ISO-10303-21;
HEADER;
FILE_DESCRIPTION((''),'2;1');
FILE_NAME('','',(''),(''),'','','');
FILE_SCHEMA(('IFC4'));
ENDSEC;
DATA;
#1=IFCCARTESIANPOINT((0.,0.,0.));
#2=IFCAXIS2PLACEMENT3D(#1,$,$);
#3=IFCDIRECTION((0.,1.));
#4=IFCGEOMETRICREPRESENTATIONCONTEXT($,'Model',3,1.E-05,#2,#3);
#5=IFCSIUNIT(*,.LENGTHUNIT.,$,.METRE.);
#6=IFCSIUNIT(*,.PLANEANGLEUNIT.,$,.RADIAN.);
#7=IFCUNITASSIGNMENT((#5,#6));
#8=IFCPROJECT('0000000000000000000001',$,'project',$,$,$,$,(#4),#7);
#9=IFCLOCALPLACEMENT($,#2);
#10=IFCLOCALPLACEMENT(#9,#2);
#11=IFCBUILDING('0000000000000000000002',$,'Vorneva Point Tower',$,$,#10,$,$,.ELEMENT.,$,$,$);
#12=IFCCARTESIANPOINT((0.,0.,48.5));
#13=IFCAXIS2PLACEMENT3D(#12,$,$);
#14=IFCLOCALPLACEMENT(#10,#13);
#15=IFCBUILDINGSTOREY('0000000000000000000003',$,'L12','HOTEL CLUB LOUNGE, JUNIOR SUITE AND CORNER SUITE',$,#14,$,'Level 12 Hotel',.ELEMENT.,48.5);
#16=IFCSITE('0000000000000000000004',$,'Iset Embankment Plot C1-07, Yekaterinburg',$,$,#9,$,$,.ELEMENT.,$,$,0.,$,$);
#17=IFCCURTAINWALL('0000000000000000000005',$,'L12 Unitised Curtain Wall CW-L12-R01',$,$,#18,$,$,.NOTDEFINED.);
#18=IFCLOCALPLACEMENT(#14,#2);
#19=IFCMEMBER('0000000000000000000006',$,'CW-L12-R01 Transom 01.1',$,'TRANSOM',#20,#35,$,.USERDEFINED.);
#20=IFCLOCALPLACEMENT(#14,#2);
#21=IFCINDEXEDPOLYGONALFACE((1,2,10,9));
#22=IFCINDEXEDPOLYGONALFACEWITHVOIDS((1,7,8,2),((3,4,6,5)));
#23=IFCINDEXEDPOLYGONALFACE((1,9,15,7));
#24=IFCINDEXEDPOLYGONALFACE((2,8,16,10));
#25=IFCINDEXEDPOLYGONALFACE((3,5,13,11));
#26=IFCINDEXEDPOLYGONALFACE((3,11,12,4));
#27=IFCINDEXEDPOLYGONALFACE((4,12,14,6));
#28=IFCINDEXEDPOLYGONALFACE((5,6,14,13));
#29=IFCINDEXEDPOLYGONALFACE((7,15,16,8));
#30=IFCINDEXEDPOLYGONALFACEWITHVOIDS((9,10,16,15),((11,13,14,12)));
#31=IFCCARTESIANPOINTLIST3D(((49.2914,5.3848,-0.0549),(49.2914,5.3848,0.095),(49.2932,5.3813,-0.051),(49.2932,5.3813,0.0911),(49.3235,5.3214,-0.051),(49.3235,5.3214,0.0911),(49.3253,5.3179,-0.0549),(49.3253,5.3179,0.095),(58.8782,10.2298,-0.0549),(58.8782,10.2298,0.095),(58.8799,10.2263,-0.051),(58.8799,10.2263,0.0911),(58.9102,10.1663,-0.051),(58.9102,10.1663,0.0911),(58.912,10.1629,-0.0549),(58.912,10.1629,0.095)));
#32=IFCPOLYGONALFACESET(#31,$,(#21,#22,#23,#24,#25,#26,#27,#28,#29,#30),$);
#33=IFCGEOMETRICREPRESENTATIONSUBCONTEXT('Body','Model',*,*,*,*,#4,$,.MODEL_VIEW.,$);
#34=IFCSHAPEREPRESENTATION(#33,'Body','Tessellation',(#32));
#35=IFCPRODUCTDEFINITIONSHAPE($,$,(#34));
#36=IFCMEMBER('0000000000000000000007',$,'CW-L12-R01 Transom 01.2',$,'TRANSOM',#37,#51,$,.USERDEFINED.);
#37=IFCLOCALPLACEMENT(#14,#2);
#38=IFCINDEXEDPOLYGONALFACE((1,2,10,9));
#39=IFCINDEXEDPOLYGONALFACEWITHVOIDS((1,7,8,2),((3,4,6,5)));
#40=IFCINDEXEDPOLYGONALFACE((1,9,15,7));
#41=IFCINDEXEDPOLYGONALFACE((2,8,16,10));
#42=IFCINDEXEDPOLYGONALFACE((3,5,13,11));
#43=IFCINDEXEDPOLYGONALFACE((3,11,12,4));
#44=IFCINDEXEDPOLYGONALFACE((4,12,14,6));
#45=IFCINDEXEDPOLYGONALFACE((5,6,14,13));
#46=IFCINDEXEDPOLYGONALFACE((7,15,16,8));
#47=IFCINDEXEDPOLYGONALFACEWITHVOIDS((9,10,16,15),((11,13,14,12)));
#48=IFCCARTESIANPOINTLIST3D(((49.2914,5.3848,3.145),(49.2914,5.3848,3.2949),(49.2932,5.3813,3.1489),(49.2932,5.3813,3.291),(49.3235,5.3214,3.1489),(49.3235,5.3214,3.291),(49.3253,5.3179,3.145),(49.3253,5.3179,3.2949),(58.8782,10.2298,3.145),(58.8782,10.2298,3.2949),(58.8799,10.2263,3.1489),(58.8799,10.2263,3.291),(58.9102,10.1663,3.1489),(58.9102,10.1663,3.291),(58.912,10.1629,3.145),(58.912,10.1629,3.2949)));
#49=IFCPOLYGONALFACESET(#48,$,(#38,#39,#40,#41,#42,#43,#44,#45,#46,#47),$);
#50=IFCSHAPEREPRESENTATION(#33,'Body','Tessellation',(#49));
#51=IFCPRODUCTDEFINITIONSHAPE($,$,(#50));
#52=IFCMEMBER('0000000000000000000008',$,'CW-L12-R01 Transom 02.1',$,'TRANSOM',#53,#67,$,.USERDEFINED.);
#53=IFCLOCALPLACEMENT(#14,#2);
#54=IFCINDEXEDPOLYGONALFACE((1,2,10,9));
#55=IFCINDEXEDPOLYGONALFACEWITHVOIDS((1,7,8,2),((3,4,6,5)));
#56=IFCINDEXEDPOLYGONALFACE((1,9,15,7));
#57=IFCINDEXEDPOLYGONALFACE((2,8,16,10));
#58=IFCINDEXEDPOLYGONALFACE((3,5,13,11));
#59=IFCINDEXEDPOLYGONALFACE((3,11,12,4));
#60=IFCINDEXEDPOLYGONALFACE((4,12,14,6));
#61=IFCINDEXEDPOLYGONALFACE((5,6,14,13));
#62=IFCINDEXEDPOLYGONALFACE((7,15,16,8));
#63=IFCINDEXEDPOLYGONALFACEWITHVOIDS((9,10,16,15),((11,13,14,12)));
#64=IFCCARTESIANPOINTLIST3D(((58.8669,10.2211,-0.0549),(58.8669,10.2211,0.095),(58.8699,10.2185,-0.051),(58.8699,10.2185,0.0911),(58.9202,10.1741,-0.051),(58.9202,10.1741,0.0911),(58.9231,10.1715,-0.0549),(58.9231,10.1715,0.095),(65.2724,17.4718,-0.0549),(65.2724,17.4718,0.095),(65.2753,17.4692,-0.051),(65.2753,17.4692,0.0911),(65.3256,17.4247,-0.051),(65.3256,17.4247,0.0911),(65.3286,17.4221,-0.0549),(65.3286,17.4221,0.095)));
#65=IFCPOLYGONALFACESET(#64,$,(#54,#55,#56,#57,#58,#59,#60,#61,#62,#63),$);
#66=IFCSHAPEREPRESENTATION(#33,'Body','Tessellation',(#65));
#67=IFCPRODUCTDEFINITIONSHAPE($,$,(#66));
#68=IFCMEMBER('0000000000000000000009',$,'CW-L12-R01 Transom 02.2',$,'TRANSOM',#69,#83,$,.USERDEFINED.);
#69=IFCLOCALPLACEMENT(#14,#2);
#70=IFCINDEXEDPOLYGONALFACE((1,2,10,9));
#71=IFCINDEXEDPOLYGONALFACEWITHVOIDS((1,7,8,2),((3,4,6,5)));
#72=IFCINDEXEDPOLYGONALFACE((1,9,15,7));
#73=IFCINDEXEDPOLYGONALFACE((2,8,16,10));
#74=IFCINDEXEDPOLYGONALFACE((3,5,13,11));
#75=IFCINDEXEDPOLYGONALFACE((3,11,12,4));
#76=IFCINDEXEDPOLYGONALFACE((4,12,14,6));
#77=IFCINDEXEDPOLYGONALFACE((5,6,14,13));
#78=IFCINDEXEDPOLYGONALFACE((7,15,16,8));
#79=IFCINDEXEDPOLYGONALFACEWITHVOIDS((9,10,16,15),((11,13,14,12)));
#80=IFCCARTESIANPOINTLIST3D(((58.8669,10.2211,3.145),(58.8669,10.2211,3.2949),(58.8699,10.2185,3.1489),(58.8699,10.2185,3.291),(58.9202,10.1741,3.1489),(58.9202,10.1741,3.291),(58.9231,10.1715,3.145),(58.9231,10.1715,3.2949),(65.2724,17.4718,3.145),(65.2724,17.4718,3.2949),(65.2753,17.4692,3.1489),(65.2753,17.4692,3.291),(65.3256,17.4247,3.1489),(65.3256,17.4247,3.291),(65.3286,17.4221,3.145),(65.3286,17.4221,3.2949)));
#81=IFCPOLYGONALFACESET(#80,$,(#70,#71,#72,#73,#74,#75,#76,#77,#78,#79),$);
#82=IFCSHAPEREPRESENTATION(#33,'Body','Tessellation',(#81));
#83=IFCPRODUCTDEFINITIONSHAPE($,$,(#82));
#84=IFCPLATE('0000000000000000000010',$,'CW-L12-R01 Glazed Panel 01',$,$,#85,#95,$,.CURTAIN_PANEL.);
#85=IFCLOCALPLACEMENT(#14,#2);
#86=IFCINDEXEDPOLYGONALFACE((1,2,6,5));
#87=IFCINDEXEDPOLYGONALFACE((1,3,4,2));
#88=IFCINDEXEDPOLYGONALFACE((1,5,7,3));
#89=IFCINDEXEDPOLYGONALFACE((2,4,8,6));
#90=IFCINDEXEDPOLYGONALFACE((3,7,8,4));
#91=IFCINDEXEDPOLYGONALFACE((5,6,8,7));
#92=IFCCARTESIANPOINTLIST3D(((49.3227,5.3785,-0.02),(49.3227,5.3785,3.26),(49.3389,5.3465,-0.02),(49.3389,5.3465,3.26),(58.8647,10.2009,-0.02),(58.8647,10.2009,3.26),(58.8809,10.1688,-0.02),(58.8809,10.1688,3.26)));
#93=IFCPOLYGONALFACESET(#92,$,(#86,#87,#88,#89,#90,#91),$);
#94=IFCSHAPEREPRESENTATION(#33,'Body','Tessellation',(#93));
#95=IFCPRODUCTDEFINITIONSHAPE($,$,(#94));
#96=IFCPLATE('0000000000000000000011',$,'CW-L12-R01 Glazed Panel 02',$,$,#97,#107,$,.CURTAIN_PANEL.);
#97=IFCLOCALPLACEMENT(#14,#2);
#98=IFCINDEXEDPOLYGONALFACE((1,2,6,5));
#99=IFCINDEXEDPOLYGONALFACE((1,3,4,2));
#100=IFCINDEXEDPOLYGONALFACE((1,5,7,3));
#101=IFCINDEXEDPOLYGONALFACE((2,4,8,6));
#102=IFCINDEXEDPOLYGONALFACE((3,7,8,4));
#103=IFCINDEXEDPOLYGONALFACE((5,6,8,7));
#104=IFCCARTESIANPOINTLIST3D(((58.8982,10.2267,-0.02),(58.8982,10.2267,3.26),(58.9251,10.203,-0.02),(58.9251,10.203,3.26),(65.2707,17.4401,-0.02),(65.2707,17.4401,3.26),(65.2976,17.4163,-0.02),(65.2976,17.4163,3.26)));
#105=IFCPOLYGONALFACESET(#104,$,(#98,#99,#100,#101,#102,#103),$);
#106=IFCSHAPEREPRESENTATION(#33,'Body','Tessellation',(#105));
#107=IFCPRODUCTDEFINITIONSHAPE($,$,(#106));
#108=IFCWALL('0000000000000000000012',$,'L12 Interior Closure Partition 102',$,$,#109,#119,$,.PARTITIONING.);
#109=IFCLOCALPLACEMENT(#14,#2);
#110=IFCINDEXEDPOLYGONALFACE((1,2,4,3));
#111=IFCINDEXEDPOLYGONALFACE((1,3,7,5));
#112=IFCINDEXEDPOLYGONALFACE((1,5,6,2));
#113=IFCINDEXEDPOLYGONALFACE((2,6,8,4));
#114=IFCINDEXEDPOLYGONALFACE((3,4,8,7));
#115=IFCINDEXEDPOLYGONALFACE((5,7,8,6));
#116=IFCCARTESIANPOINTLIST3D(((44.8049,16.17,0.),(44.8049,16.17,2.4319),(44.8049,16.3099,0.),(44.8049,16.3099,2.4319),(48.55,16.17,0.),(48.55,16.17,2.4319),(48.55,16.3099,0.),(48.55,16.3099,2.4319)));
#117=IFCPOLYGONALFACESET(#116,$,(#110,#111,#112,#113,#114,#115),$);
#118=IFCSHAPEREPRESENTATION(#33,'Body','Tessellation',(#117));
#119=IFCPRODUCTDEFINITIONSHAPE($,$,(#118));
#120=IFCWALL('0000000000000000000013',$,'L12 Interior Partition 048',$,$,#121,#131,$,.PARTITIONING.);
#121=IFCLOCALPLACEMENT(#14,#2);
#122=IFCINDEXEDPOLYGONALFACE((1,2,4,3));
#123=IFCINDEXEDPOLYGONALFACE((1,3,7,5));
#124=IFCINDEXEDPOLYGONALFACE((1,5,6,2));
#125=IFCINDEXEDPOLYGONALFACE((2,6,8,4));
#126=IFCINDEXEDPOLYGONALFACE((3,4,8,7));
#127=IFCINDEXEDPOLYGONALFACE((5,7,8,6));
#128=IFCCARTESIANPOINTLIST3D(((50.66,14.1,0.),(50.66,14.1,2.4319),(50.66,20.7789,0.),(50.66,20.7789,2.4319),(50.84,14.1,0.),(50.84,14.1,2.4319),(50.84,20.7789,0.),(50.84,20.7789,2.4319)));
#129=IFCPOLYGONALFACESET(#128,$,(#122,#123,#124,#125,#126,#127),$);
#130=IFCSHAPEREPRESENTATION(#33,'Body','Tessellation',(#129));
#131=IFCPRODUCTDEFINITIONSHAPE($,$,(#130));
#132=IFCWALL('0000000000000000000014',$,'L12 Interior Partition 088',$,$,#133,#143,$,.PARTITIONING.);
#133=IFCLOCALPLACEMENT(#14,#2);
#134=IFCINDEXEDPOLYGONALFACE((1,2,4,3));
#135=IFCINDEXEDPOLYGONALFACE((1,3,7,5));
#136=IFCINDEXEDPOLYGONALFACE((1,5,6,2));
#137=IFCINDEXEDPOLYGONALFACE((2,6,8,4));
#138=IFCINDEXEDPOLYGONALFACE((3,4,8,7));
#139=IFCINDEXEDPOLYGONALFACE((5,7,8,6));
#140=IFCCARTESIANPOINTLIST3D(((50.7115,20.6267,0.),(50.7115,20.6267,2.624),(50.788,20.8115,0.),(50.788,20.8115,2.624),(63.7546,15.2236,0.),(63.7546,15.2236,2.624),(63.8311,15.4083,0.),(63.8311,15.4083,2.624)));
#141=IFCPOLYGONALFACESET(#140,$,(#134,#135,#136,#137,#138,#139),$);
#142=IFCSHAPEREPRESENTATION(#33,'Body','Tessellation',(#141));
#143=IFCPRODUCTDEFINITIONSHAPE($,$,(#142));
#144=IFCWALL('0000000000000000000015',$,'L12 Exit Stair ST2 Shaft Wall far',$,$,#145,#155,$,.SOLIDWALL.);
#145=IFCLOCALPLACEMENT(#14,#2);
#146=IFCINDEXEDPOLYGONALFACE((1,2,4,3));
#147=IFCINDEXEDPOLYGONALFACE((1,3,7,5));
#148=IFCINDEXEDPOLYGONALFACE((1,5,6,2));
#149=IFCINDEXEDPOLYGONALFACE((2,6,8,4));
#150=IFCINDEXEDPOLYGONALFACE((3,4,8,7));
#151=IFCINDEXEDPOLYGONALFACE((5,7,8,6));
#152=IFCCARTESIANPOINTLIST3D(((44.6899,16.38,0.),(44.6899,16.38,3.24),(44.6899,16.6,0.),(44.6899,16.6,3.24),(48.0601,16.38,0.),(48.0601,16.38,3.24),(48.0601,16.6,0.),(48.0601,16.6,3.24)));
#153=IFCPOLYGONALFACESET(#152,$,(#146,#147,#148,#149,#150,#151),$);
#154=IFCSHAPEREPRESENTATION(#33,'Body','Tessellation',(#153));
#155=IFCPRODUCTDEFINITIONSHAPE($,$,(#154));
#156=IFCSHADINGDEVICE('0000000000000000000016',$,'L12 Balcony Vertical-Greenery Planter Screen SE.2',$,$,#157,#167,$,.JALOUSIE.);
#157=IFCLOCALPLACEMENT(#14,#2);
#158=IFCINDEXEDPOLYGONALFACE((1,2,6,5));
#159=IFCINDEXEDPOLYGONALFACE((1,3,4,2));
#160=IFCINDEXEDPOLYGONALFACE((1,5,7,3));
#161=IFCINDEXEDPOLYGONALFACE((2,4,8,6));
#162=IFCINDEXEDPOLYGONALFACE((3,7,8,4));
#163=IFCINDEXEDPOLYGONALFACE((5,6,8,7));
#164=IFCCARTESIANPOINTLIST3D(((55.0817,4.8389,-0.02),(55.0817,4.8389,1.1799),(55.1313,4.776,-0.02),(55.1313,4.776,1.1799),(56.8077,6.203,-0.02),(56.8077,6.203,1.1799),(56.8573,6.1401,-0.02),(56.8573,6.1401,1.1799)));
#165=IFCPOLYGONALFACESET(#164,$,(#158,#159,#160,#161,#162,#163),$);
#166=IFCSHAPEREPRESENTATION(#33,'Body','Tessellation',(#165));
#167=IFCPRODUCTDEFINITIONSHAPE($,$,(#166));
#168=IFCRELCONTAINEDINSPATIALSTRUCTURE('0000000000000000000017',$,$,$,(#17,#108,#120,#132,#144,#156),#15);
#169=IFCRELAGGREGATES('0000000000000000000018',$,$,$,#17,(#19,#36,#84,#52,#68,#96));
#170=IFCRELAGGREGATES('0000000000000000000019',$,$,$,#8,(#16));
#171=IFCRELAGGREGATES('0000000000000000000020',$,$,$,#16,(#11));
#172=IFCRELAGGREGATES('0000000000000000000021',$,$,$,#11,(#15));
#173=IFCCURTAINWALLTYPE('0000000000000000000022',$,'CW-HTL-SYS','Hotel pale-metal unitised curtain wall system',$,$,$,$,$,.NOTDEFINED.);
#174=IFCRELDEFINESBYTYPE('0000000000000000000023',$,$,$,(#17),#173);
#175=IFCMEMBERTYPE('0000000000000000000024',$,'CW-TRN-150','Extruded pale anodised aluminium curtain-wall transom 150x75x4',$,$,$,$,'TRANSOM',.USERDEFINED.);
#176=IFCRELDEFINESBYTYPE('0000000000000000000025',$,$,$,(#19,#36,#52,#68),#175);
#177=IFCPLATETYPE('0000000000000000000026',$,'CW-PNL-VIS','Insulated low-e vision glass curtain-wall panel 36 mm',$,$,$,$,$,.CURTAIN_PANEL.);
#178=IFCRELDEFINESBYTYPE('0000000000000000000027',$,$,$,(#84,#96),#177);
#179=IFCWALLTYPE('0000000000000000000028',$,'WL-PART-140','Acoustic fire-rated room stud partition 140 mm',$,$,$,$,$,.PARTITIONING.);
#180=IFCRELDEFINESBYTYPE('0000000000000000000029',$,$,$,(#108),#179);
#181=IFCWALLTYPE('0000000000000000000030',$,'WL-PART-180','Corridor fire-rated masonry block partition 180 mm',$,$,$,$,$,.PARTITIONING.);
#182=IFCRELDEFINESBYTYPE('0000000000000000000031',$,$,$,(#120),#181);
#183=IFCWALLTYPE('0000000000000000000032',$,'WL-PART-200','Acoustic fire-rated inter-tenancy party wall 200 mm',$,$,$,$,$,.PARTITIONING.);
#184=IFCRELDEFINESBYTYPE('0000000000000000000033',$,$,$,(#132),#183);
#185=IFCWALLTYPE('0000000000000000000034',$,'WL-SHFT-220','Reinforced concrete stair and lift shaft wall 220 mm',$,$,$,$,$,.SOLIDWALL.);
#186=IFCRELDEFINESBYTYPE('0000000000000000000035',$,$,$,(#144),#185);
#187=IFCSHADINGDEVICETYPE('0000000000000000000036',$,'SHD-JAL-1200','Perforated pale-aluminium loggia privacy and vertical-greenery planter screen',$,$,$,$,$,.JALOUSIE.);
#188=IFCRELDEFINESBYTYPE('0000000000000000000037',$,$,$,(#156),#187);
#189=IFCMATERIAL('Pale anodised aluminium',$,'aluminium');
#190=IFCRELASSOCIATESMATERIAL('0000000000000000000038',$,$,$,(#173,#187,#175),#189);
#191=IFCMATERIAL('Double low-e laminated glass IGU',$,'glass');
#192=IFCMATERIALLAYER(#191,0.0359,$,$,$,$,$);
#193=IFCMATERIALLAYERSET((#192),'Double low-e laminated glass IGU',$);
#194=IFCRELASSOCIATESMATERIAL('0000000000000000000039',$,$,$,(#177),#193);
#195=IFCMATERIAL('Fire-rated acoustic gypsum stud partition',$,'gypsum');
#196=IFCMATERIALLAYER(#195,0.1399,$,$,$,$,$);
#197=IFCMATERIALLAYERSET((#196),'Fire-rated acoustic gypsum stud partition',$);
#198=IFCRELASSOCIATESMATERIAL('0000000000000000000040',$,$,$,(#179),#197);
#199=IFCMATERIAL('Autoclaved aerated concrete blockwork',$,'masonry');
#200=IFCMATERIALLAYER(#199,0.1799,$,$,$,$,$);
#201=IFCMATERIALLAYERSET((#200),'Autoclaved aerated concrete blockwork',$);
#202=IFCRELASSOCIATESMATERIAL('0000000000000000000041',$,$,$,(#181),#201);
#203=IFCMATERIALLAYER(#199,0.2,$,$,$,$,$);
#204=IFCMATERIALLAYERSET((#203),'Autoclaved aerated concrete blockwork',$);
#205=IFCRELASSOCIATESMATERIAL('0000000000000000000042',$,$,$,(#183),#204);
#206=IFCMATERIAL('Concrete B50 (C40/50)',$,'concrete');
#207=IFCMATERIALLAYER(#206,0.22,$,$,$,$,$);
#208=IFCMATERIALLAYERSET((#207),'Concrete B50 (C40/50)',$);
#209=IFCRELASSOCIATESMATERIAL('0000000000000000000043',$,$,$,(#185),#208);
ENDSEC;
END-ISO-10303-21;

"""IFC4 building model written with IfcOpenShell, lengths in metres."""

from ifc_helpers import new_model, si_unit, direction, frame, frame_2d, origin, origin_2d, place, context, subcontext, project, spatial, rectangle, hollow_rectangle, extrude, material, layer, layer_set, material_profile, profile_set, type_object, element, aggregate, save


model = new_model("IFC4")

# Units and contexts
model_context = context("Model", 3, precision=1e-05, world=origin(), true_north=direction((0.0, 1.0)))
body_context = subcontext(model_context, "Body", "Model", "MODEL_VIEW")
ifc_project = project(units=[si_unit("LENGTHUNIT", "METRE"), si_unit("PLANEANGLEUNIT", "RADIAN")], contexts=[model_context])

# Site, building, storey
site_placement = place(None, origin())
site = spatial("IfcSite", under=ifc_project, at=site_placement, Name="Iset Embankment Plot C1-07, Yekaterinburg", CompositionType="ELEMENT", RefElevation=0.0)
building_placement = place(site_placement, origin())
building = spatial("IfcBuilding", under=site, at=building_placement, Name="Vorneva Point Tower", CompositionType="ELEMENT")
storey_placement = place(building_placement, frame((0.0, 0.0, 48.5)))
storey = spatial("IfcBuildingStorey", under=building, at=storey_placement, Name="L12", Description="HOTEL CLUB LOUNGE, JUNIOR SUITE AND CORNER SUITE", LongName="Level 12 Hotel", CompositionType="ELEMENT", Elevation=48.5)

# Curtain wall, members, plates
ifc_material_1 = material(Name="Pale anodised aluminium", Category="aluminium")
curtain_wall_type = type_object("IfcCurtainWallType", Name="CW-HTL-SYS", Description="Hotel pale-metal unitised curtain wall system", PredefinedType="NOTDEFINED", material=ifc_material_1)
curtain_wall_placement = place(storey_placement, origin())
curtain_wall = element("IfcCurtainWall", 1, at=curtain_wall_placement, inside=storey, type_object=curtain_wall_type, Name="L12 Unitised Curtain Wall CW-L12-R01", PredefinedType="NOTDEFINED")
ifc_material_profile_1 = material_profile(ifc_material_1, hollow_rectangle(XDim=0.075, YDim=0.1499, WallThickness=0.0039, at=origin_2d()), Name="AL-TRN 150x75x4")
ifc_profile_set_1 = profile_set([ifc_material_profile_1], Name="Pale anodised aluminium")
member_type_1 = type_object("IfcMemberType", Name="CW-TRN-150", Description="Extruded pale anodised aluminium curtain-wall transom 150x75x4", ElementType="TRANSOM", PredefinedType="USERDEFINED", material=ifc_profile_set_1)
member_1_placement = place(storey_placement, frame((49.3083, 5.3513, 0.02), z_axis=(0.892496, 0.451055, 0.0), x_axis=(-0.451055, 0.892496, 0.0)))
member_1 = element("IfcMember", 2, at=member_1_placement, type_object=member_type_1, Name="CW-L12-R01 Transom 01.1", ObjectType="TRANSOM", PredefinedType="USERDEFINED", context=body_context, shape_type="SweptSolid", body=[
    extrude(hollow_rectangle(XDim=0.075, YDim=0.1499, WallThickness=0.0039, at=origin_2d()), origin(), (0.0, 0.0, 1.0), 10.7415),
])
member_2_placement = place(storey_placement, frame((49.3083, 5.3513, 3.22), z_axis=(0.892496, 0.451055, 0.0), x_axis=(-0.451055, 0.892496, 0.0)))
member_2 = element("IfcMember", 3, at=member_2_placement, type_object=member_type_1, Name="CW-L12-R01 Transom 01.2", ObjectType="TRANSOM", PredefinedType="USERDEFINED", context=body_context, shape_type="SweptSolid", body=[
    extrude(hollow_rectangle(XDim=0.075, YDim=0.1499, WallThickness=0.0039, at=origin_2d()), origin(), (0.0, 0.0, 1.0), 10.7415),
])
member_3_placement = place(storey_placement, frame((58.895, 10.1963, 0.02), z_axis=(0.662076, 0.749437, 0.0), x_axis=(-0.749437, 0.662076, 0.0)))
member_3 = element("IfcMember", 4, at=member_3_placement, type_object=member_type_1, Name="CW-L12-R01 Transom 02.1", ObjectType="TRANSOM", PredefinedType="USERDEFINED", context=body_context, shape_type="SweptSolid", body=[
    extrude(hollow_rectangle(XDim=0.075, YDim=0.1499, WallThickness=0.0039, at=origin_2d()), origin(), (0.0, 0.0, 1.0), 9.6748),
])
member_4_placement = place(storey_placement, frame((58.895, 10.1963, 3.22), z_axis=(0.662076, 0.749437, 0.0), x_axis=(-0.749437, 0.662076, 0.0)))
member_4 = element("IfcMember", 5, at=member_4_placement, type_object=member_type_1, Name="CW-L12-R01 Transom 02.2", ObjectType="TRANSOM", PredefinedType="USERDEFINED", context=body_context, shape_type="SweptSolid", body=[
    extrude(hollow_rectangle(XDim=0.075, YDim=0.1499, WallThickness=0.0039, at=origin_2d()), origin(), (0.0, 0.0, 1.0), 9.6748),
])
ifc_material_2 = material(Name="Double low-e laminated glass IGU", Category="glass")
ifc_layer_1 = layer(ifc_material_2, 0.0359)
ifc_layer_set_1 = layer_set([ifc_layer_1], Name="Double low-e laminated glass IGU")
plate_type = type_object("IfcPlateType", Name="CW-PNL-VIS", Description="Insulated low-e vision glass curtain-wall panel 36 mm", PredefinedType="CURTAIN_PANEL", material=ifc_layer_set_1)
plate_1_placement = place(storey_placement, frame((54.1018, 7.7737, -0.02), z_axis=(0.0, 0.0, 1.0), x_axis=(0.892499, 0.451049, 0.0)))
plate_1 = element("IfcPlate", 6, at=plate_1_placement, type_object=plate_type, Name="CW-L12-R01 Glazed Panel 01", PredefinedType="CURTAIN_PANEL", context=body_context, shape_type="SweptSolid", body=[
    extrude(rectangle(XDim=10.6914, YDim=0.0359, at=origin_2d()), origin(), (0.0, 0.0, 1.0), 3.28),
])
plate_2_placement = place(storey_placement, frame((62.0979, 13.8215, -0.02), z_axis=(0.0, 0.0, 1.0), x_axis=(0.662071, 0.749441, 0.0)))
plate_2 = element("IfcPlate", 7, at=plate_2_placement, type_object=plate_type, Name="CW-L12-R01 Glazed Panel 02", PredefinedType="CURTAIN_PANEL", context=body_context, shape_type="SweptSolid", body=[
    extrude(rectangle(XDim=9.625, YDim=0.0359, at=origin_2d()), origin(), (0.0, 0.0, 1.0), 3.28),
])
aggregate(curtain_wall, [member_1, member_2, plate_1, member_3, member_4, plate_2])

# Walls
ifc_material_3 = material(Name="Fire-rated acoustic gypsum stud partition", Category="gypsum")
ifc_layer_2 = layer(ifc_material_3, 0.1399)
ifc_layer_set_2 = layer_set([ifc_layer_2], Name="Fire-rated acoustic gypsum stud partition")
wall_type_1 = type_object("IfcWallType", Name="WL-PART-140", Description="Acoustic fire-rated room stud partition 140 mm", PredefinedType="PARTITIONING", material=ifc_layer_set_2)
wall_1_placement = place(storey_placement, frame((48.55, 16.24, 0.0), z_axis=(0.0, 0.0, 1.0), x_axis=(-1.0, 0.0, 0.0)))
element("IfcWall", 8, at=wall_1_placement, inside=storey, type_object=wall_type_1, Name="L12 Interior Closure Partition 102", PredefinedType="PARTITIONING", context=body_context, shape_type="SweptSolid", body=[
    extrude(rectangle(XDim=3.7451, YDim=0.1399, at=frame_2d((1.8726, 0.0))), origin(), (0.0, 0.0, 1.0), 2.4319),
])
ifc_material_4 = material(Name="Autoclaved aerated concrete blockwork", Category="masonry")
ifc_layer_3 = layer(ifc_material_4, 0.1799)
ifc_layer_set_3 = layer_set([ifc_layer_3], Name="Autoclaved aerated concrete blockwork")
wall_type_2 = type_object("IfcWallType", Name="WL-PART-180", Description="Corridor fire-rated masonry block partition 180 mm", PredefinedType="PARTITIONING", material=ifc_layer_set_3)
wall_2_placement = place(storey_placement, frame((50.75, 14.1001, 0.0), z_axis=(0.0, 0.0, 1.0), x_axis=(0.0, 1.0, 0.0)))
element("IfcWall", 9, at=wall_2_placement, inside=storey, type_object=wall_type_2, Name="L12 Interior Partition 048", PredefinedType="PARTITIONING", context=body_context, shape_type="SweptSolid", body=[
    extrude(rectangle(XDim=6.679, YDim=0.1799, at=frame_2d((3.3394, 0.0))), origin(), (0.0, 0.0, 1.0), 2.4319),
])
ifc_layer_4 = layer(ifc_material_4, 0.2)
ifc_layer_set_4 = layer_set([ifc_layer_4], Name="Autoclaved aerated concrete blockwork")
wall_type_3 = type_object("IfcWallType", Name="WL-PART-200", Description="Acoustic fire-rated inter-tenancy party wall 200 mm", PredefinedType="PARTITIONING", material=ifc_layer_set_4)
wall_3_placement = place(storey_placement, frame((63.793, 15.3159, 0.0), z_axis=(0.0, 0.0, 1.0), x_axis=(-0.923867, 0.382714, 0.0)))
element("IfcWall", 10, at=wall_3_placement, inside=storey, type_object=wall_type_3, Name="L12 Interior Partition 088", PredefinedType="PARTITIONING", context=body_context, shape_type="SweptSolid", body=[
    extrude(rectangle(XDim=14.1179, YDim=0.2, at=frame_2d((7.0591, 0.0))), origin(), (0.0, 0.0, 1.0), 2.624),
])
ifc_material_5 = material(Name="Concrete B50 (C40/50)", Category="concrete")
ifc_layer_5 = layer(ifc_material_5, 0.22)
ifc_layer_set_5 = layer_set([ifc_layer_5], Name="Concrete B50 (C40/50)")
wall_type_4 = type_object("IfcWallType", Name="WL-SHFT-220", Description="Reinforced concrete stair and lift shaft wall 220 mm", PredefinedType="SOLIDWALL", material=ifc_layer_set_5)
wall_4_placement = place(storey_placement, frame((48.0601, 16.49, 0.0), z_axis=(0.0, 0.0, 1.0), x_axis=(-1.0, 0.0, 0.0)))
element("IfcWall", 11, at=wall_4_placement, inside=storey, type_object=wall_type_4, Name="L12 Exit Stair ST2 Shaft Wall far", PredefinedType="SOLIDWALL", context=body_context, shape_type="SweptSolid", body=[
    extrude(rectangle(XDim=3.3701, YDim=0.22, at=frame_2d((1.6851, 0.0))), origin(), (0.0, 0.0, 1.0), 3.24),
])

# Shading device
shading_device_type = type_object("IfcShadingDeviceType", Name="SHD-JAL-1200", Description="Perforated pale-aluminium loggia privacy and vertical-greenery planter screen", PredefinedType="JALOUSIE", material=ifc_material_1)
shading_device_placement = place(storey_placement, frame((55.9695, 5.4895, -0.02), z_axis=(0.0, 0.0, 1.0), x_axis=(0.78456, 0.620053, 0.0)))
element("IfcShadingDevice", 12, at=shading_device_placement, inside=storey, type_object=shading_device_type, Name="L12 Balcony Vertical-Greenery Planter Screen SE.2", PredefinedType="JALOUSIE", context=body_context, shape_type="SweptSolid", body=[
    extrude(rectangle(XDim=2.2, YDim=0.0801, at=origin_2d()), origin(), (0.0, 0.0, 1.0), 1.2),
])

save(model, "model.ifc")
